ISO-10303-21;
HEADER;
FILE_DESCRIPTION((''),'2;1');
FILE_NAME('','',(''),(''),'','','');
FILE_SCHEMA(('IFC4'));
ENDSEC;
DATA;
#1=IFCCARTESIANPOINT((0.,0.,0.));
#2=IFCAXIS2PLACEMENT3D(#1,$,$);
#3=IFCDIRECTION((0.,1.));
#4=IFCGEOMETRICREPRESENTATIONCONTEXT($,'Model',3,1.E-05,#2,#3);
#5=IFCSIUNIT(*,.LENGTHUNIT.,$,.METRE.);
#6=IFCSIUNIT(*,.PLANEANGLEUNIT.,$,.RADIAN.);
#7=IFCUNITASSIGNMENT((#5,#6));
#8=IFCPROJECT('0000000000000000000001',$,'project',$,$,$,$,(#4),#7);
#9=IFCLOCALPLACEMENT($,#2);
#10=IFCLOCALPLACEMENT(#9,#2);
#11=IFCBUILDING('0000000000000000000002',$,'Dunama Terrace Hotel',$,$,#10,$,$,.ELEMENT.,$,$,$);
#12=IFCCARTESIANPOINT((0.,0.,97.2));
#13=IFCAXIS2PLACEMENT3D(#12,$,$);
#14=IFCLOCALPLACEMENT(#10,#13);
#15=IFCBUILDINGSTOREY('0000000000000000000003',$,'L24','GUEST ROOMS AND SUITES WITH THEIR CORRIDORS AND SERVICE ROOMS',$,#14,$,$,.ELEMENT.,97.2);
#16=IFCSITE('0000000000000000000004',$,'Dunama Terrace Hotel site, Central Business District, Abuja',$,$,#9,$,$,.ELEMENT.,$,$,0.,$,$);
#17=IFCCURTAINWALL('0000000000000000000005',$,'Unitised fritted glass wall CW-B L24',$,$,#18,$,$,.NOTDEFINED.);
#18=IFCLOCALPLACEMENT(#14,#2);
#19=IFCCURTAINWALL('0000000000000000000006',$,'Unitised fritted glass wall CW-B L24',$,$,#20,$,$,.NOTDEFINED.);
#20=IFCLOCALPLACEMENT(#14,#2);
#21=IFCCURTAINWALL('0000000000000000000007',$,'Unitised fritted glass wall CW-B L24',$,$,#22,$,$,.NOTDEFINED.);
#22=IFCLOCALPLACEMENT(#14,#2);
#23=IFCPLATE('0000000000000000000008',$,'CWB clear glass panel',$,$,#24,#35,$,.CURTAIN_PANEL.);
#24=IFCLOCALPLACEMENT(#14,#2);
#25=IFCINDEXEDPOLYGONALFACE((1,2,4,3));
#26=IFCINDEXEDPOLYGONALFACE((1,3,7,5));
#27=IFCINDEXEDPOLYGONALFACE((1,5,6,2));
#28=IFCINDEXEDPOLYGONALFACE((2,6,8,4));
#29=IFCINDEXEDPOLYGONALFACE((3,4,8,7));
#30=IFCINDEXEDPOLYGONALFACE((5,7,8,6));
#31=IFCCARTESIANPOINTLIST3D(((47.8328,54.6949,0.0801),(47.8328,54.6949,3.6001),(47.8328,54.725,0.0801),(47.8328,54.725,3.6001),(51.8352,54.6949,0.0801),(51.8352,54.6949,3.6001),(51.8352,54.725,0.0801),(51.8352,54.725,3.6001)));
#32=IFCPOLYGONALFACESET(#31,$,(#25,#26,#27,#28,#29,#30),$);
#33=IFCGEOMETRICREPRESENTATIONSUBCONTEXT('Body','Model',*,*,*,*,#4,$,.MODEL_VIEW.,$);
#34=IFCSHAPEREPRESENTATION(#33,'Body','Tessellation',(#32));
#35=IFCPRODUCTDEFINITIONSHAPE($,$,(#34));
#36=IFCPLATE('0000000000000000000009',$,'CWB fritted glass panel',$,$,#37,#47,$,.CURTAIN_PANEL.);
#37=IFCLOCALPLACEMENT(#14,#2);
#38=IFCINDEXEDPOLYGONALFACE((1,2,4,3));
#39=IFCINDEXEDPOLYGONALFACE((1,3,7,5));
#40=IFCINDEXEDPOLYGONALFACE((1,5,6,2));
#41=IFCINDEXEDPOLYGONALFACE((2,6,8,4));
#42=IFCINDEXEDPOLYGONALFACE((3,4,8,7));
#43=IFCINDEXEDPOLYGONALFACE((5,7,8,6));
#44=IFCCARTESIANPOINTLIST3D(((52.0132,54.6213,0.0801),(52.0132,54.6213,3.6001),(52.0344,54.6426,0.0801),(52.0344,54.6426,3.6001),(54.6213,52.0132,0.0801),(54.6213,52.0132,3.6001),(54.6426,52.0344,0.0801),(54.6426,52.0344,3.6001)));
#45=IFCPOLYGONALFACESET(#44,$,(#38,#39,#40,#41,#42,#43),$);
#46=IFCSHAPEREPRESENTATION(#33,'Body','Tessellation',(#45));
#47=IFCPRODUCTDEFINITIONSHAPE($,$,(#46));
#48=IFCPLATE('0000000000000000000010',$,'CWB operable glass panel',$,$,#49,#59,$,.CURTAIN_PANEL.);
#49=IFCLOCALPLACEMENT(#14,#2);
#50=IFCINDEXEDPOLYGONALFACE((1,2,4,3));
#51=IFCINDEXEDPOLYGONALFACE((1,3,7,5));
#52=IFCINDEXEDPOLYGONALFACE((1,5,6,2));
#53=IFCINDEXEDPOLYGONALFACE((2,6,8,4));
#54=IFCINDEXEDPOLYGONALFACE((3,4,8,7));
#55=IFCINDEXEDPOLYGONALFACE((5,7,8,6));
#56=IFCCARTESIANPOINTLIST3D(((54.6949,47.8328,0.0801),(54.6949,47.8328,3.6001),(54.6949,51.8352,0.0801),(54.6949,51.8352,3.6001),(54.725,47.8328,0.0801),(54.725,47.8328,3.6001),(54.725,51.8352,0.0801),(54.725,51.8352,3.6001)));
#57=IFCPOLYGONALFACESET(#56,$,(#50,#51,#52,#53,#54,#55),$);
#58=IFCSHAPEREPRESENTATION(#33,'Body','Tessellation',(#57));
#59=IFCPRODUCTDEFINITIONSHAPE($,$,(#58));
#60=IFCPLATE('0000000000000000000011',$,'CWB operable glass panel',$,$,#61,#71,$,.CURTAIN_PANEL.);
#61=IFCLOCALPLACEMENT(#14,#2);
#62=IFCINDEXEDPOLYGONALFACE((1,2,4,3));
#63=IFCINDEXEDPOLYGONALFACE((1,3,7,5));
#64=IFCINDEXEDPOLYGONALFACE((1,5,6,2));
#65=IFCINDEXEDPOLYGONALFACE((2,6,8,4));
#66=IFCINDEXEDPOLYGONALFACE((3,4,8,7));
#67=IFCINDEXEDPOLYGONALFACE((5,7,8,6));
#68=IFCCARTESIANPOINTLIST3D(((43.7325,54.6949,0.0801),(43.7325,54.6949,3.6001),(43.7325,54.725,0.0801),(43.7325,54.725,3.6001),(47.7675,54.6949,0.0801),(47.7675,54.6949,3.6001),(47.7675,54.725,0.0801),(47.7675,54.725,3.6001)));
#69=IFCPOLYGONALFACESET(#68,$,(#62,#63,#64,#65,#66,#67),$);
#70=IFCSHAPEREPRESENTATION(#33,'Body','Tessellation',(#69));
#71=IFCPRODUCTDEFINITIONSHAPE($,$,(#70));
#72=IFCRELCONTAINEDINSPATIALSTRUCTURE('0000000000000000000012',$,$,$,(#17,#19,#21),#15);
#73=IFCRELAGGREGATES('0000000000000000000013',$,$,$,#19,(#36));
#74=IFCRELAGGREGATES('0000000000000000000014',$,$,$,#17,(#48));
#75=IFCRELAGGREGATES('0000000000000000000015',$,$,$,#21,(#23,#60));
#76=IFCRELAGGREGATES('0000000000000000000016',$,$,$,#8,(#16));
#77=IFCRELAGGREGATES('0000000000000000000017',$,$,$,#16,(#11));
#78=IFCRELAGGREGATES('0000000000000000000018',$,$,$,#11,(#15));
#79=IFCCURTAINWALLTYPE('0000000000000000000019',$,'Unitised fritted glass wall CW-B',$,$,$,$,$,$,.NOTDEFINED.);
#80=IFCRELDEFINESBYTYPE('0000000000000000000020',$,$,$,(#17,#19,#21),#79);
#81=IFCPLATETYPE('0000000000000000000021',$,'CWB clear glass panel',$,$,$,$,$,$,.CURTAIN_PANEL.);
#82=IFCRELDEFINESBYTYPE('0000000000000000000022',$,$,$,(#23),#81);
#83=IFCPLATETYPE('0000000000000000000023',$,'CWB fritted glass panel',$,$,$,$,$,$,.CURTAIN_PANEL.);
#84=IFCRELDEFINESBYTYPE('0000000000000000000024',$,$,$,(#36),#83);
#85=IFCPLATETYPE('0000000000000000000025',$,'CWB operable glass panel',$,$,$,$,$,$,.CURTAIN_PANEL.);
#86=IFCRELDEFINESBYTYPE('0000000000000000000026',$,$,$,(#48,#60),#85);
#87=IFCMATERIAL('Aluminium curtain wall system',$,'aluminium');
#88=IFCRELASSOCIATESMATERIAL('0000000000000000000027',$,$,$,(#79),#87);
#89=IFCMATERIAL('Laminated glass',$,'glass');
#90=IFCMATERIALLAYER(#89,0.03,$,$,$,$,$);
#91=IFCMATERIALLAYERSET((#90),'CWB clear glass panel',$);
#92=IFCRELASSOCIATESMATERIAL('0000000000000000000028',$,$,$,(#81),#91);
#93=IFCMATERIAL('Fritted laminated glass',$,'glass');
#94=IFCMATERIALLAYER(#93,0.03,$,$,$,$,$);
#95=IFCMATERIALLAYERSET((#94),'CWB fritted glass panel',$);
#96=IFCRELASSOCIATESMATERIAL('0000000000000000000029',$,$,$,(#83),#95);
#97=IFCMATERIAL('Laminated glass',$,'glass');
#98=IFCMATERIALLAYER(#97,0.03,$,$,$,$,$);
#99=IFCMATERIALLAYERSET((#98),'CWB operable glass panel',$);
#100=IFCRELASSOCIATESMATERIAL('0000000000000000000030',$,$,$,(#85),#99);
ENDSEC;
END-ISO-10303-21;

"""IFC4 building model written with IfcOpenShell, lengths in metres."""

from ifc_helpers import new_model, si_unit, direction, frame, origin, origin_2d, place, context, subcontext, project, spatial, rectangle, extrude, material, layer, layer_set, type_object, element, aggregate, save


model = new_model("IFC4")

# Units and contexts
model_context = context("Model", 3, precision=1e-05, world=origin(), true_north=direction((0.0, 1.0)))
body_context = subcontext(model_context, "Body", "Model", "MODEL_VIEW")
ifc_project = project(units=[si_unit("LENGTHUNIT", "METRE"), si_unit("PLANEANGLEUNIT", "RADIAN")], contexts=[model_context])

# Site, building, storey
site_placement = place(None, origin())
site = spatial("IfcSite", under=ifc_project, at=site_placement, Name="Dunama Terrace Hotel site, Central Business District, Abuja", CompositionType="ELEMENT", RefElevation=0.0)
building_placement = place(site_placement, origin())
building = spatial("IfcBuilding", under=site, at=building_placement, Name="Dunama Terrace Hotel", CompositionType="ELEMENT")
storey_placement = place(building_placement, frame((0.0, 0.0, 97.2)))
storey = spatial("IfcBuildingStorey", under=building, at=storey_placement, Name="L24", Description="GUEST ROOMS AND SUITES WITH THEIR CORRIDORS AND SERVICE ROOMS", CompositionType="ELEMENT", Elevation=97.2)

# Curtain walls
ifc_material_1 = material(Name="Aluminium curtain wall system", Category="aluminium")
curtain_wall_type = type_object("IfcCurtainWallType", Name="Unitised fritted glass wall CW-B", PredefinedType="NOTDEFINED", material=ifc_material_1)
curtain_wall_1_placement = place(storey_placement, origin())
curtain_wall_1 = element("IfcCurtainWall", 1, at=curtain_wall_1_placement, inside=storey, type_object=curtain_wall_type, Name="Unitised fritted glass wall CW-B L24", PredefinedType="NOTDEFINED")
curtain_wall_2_placement = place(storey_placement, origin())
curtain_wall_2 = element("IfcCurtainWall", 2, at=curtain_wall_2_placement, inside=storey, type_object=curtain_wall_type, Name="Unitised fritted glass wall CW-B L24", PredefinedType="NOTDEFINED")
curtain_wall_3_placement = place(storey_placement, origin())
curtain_wall_3 = element("IfcCurtainWall", 3, at=curtain_wall_3_placement, inside=storey, type_object=curtain_wall_type, Name="Unitised fritted glass wall CW-B L24", PredefinedType="NOTDEFINED")

# Plates
ifc_material_2 = material(Name="Laminated glass", Category="glass")
ifc_layer_1 = layer(ifc_material_2, 0.03)
ifc_layer_set_1 = layer_set([ifc_layer_1], Name="CWB clear glass panel")
plate_type_1 = type_object("IfcPlateType", Name="CWB clear glass panel", PredefinedType="CURTAIN_PANEL", material=ifc_layer_set_1)
plate_1_placement = place(storey_placement, frame((49.834, 54.71, 0.0801), z_axis=(0.0, 0.0, 1.0), x_axis=(-1.0, 0.0, 0.0)))
plate_1 = element("IfcPlate", 4, at=plate_1_placement, type_object=plate_type_1, Name="CWB clear glass panel", PredefinedType="CURTAIN_PANEL", context=body_context, shape_type="SweptSolid", body=[
    extrude(rectangle(XDim=4.0024, YDim=0.03, at=origin_2d()), origin(), (0.0, 0.0, 1.0), 3.52),
])
ifc_material_3 = material(Name="Fritted laminated glass", Category="glass")
ifc_layer_2 = layer(ifc_material_3, 0.03)
ifc_layer_set_2 = layer_set([ifc_layer_2], Name="CWB fritted glass panel")
plate_type_2 = type_object("IfcPlateType", Name="CWB fritted glass panel", PredefinedType="CURTAIN_PANEL", material=ifc_layer_set_2)
plate_2_placement = place(storey_placement, frame((53.3279, 53.3279, 0.0801), z_axis=(0.0, 0.0, 1.0), x_axis=(-0.707107, 0.707107, 0.0)))
plate_2 = element("IfcPlate", 5, at=plate_2_placement, type_object=plate_type_2, Name="CWB fritted glass panel", PredefinedType="CURTAIN_PANEL", context=body_context, shape_type="SweptSolid", body=[
    extrude(rectangle(XDim=3.6885, YDim=0.03, at=origin_2d()), origin(), (0.0, 0.0, 1.0), 3.52),
])
aggregate(curtain_wall_2, [plate_2])
ifc_material_4 = material(Name="Laminated glass", Category="glass")
ifc_layer_3 = layer(ifc_material_4, 0.03)
ifc_layer_set_3 = layer_set([ifc_layer_3], Name="CWB operable glass panel")
plate_type_3 = type_object("IfcPlateType", Name="CWB operable glass panel", PredefinedType="CURTAIN_PANEL", material=ifc_layer_set_3)
plate_3_placement = place(storey_placement, frame((54.71, 49.834, 0.0801), z_axis=(0.0, 0.0, 1.0), x_axis=(0.0, 1.0, 0.0)))
plate_3 = element("IfcPlate", 6, at=plate_3_placement, type_object=plate_type_3, Name="CWB operable glass panel", PredefinedType="CURTAIN_PANEL", context=body_context, shape_type="SweptSolid", body=[
    extrude(rectangle(XDim=4.0024, YDim=0.03, at=origin_2d()), origin(), (0.0, 0.0, 1.0), 3.52),
])
aggregate(curtain_wall_1, [plate_3])
plate_4_placement = place(storey_placement, frame((45.75, 54.71, 0.0801), z_axis=(0.0, 0.0, 1.0), x_axis=(-1.0, 0.0, 0.0)))
plate_4 = element("IfcPlate", 7, at=plate_4_placement, type_object=plate_type_3, Name="CWB operable glass panel", PredefinedType="CURTAIN_PANEL", context=body_context, shape_type="SweptSolid", body=[
    extrude(rectangle(XDim=4.0349, YDim=0.03, at=origin_2d()), origin(), (0.0, 0.0, 1.0), 3.52),
])
aggregate(curtain_wall_3, [plate_1, plate_4])

save(model, "model.ifc")
